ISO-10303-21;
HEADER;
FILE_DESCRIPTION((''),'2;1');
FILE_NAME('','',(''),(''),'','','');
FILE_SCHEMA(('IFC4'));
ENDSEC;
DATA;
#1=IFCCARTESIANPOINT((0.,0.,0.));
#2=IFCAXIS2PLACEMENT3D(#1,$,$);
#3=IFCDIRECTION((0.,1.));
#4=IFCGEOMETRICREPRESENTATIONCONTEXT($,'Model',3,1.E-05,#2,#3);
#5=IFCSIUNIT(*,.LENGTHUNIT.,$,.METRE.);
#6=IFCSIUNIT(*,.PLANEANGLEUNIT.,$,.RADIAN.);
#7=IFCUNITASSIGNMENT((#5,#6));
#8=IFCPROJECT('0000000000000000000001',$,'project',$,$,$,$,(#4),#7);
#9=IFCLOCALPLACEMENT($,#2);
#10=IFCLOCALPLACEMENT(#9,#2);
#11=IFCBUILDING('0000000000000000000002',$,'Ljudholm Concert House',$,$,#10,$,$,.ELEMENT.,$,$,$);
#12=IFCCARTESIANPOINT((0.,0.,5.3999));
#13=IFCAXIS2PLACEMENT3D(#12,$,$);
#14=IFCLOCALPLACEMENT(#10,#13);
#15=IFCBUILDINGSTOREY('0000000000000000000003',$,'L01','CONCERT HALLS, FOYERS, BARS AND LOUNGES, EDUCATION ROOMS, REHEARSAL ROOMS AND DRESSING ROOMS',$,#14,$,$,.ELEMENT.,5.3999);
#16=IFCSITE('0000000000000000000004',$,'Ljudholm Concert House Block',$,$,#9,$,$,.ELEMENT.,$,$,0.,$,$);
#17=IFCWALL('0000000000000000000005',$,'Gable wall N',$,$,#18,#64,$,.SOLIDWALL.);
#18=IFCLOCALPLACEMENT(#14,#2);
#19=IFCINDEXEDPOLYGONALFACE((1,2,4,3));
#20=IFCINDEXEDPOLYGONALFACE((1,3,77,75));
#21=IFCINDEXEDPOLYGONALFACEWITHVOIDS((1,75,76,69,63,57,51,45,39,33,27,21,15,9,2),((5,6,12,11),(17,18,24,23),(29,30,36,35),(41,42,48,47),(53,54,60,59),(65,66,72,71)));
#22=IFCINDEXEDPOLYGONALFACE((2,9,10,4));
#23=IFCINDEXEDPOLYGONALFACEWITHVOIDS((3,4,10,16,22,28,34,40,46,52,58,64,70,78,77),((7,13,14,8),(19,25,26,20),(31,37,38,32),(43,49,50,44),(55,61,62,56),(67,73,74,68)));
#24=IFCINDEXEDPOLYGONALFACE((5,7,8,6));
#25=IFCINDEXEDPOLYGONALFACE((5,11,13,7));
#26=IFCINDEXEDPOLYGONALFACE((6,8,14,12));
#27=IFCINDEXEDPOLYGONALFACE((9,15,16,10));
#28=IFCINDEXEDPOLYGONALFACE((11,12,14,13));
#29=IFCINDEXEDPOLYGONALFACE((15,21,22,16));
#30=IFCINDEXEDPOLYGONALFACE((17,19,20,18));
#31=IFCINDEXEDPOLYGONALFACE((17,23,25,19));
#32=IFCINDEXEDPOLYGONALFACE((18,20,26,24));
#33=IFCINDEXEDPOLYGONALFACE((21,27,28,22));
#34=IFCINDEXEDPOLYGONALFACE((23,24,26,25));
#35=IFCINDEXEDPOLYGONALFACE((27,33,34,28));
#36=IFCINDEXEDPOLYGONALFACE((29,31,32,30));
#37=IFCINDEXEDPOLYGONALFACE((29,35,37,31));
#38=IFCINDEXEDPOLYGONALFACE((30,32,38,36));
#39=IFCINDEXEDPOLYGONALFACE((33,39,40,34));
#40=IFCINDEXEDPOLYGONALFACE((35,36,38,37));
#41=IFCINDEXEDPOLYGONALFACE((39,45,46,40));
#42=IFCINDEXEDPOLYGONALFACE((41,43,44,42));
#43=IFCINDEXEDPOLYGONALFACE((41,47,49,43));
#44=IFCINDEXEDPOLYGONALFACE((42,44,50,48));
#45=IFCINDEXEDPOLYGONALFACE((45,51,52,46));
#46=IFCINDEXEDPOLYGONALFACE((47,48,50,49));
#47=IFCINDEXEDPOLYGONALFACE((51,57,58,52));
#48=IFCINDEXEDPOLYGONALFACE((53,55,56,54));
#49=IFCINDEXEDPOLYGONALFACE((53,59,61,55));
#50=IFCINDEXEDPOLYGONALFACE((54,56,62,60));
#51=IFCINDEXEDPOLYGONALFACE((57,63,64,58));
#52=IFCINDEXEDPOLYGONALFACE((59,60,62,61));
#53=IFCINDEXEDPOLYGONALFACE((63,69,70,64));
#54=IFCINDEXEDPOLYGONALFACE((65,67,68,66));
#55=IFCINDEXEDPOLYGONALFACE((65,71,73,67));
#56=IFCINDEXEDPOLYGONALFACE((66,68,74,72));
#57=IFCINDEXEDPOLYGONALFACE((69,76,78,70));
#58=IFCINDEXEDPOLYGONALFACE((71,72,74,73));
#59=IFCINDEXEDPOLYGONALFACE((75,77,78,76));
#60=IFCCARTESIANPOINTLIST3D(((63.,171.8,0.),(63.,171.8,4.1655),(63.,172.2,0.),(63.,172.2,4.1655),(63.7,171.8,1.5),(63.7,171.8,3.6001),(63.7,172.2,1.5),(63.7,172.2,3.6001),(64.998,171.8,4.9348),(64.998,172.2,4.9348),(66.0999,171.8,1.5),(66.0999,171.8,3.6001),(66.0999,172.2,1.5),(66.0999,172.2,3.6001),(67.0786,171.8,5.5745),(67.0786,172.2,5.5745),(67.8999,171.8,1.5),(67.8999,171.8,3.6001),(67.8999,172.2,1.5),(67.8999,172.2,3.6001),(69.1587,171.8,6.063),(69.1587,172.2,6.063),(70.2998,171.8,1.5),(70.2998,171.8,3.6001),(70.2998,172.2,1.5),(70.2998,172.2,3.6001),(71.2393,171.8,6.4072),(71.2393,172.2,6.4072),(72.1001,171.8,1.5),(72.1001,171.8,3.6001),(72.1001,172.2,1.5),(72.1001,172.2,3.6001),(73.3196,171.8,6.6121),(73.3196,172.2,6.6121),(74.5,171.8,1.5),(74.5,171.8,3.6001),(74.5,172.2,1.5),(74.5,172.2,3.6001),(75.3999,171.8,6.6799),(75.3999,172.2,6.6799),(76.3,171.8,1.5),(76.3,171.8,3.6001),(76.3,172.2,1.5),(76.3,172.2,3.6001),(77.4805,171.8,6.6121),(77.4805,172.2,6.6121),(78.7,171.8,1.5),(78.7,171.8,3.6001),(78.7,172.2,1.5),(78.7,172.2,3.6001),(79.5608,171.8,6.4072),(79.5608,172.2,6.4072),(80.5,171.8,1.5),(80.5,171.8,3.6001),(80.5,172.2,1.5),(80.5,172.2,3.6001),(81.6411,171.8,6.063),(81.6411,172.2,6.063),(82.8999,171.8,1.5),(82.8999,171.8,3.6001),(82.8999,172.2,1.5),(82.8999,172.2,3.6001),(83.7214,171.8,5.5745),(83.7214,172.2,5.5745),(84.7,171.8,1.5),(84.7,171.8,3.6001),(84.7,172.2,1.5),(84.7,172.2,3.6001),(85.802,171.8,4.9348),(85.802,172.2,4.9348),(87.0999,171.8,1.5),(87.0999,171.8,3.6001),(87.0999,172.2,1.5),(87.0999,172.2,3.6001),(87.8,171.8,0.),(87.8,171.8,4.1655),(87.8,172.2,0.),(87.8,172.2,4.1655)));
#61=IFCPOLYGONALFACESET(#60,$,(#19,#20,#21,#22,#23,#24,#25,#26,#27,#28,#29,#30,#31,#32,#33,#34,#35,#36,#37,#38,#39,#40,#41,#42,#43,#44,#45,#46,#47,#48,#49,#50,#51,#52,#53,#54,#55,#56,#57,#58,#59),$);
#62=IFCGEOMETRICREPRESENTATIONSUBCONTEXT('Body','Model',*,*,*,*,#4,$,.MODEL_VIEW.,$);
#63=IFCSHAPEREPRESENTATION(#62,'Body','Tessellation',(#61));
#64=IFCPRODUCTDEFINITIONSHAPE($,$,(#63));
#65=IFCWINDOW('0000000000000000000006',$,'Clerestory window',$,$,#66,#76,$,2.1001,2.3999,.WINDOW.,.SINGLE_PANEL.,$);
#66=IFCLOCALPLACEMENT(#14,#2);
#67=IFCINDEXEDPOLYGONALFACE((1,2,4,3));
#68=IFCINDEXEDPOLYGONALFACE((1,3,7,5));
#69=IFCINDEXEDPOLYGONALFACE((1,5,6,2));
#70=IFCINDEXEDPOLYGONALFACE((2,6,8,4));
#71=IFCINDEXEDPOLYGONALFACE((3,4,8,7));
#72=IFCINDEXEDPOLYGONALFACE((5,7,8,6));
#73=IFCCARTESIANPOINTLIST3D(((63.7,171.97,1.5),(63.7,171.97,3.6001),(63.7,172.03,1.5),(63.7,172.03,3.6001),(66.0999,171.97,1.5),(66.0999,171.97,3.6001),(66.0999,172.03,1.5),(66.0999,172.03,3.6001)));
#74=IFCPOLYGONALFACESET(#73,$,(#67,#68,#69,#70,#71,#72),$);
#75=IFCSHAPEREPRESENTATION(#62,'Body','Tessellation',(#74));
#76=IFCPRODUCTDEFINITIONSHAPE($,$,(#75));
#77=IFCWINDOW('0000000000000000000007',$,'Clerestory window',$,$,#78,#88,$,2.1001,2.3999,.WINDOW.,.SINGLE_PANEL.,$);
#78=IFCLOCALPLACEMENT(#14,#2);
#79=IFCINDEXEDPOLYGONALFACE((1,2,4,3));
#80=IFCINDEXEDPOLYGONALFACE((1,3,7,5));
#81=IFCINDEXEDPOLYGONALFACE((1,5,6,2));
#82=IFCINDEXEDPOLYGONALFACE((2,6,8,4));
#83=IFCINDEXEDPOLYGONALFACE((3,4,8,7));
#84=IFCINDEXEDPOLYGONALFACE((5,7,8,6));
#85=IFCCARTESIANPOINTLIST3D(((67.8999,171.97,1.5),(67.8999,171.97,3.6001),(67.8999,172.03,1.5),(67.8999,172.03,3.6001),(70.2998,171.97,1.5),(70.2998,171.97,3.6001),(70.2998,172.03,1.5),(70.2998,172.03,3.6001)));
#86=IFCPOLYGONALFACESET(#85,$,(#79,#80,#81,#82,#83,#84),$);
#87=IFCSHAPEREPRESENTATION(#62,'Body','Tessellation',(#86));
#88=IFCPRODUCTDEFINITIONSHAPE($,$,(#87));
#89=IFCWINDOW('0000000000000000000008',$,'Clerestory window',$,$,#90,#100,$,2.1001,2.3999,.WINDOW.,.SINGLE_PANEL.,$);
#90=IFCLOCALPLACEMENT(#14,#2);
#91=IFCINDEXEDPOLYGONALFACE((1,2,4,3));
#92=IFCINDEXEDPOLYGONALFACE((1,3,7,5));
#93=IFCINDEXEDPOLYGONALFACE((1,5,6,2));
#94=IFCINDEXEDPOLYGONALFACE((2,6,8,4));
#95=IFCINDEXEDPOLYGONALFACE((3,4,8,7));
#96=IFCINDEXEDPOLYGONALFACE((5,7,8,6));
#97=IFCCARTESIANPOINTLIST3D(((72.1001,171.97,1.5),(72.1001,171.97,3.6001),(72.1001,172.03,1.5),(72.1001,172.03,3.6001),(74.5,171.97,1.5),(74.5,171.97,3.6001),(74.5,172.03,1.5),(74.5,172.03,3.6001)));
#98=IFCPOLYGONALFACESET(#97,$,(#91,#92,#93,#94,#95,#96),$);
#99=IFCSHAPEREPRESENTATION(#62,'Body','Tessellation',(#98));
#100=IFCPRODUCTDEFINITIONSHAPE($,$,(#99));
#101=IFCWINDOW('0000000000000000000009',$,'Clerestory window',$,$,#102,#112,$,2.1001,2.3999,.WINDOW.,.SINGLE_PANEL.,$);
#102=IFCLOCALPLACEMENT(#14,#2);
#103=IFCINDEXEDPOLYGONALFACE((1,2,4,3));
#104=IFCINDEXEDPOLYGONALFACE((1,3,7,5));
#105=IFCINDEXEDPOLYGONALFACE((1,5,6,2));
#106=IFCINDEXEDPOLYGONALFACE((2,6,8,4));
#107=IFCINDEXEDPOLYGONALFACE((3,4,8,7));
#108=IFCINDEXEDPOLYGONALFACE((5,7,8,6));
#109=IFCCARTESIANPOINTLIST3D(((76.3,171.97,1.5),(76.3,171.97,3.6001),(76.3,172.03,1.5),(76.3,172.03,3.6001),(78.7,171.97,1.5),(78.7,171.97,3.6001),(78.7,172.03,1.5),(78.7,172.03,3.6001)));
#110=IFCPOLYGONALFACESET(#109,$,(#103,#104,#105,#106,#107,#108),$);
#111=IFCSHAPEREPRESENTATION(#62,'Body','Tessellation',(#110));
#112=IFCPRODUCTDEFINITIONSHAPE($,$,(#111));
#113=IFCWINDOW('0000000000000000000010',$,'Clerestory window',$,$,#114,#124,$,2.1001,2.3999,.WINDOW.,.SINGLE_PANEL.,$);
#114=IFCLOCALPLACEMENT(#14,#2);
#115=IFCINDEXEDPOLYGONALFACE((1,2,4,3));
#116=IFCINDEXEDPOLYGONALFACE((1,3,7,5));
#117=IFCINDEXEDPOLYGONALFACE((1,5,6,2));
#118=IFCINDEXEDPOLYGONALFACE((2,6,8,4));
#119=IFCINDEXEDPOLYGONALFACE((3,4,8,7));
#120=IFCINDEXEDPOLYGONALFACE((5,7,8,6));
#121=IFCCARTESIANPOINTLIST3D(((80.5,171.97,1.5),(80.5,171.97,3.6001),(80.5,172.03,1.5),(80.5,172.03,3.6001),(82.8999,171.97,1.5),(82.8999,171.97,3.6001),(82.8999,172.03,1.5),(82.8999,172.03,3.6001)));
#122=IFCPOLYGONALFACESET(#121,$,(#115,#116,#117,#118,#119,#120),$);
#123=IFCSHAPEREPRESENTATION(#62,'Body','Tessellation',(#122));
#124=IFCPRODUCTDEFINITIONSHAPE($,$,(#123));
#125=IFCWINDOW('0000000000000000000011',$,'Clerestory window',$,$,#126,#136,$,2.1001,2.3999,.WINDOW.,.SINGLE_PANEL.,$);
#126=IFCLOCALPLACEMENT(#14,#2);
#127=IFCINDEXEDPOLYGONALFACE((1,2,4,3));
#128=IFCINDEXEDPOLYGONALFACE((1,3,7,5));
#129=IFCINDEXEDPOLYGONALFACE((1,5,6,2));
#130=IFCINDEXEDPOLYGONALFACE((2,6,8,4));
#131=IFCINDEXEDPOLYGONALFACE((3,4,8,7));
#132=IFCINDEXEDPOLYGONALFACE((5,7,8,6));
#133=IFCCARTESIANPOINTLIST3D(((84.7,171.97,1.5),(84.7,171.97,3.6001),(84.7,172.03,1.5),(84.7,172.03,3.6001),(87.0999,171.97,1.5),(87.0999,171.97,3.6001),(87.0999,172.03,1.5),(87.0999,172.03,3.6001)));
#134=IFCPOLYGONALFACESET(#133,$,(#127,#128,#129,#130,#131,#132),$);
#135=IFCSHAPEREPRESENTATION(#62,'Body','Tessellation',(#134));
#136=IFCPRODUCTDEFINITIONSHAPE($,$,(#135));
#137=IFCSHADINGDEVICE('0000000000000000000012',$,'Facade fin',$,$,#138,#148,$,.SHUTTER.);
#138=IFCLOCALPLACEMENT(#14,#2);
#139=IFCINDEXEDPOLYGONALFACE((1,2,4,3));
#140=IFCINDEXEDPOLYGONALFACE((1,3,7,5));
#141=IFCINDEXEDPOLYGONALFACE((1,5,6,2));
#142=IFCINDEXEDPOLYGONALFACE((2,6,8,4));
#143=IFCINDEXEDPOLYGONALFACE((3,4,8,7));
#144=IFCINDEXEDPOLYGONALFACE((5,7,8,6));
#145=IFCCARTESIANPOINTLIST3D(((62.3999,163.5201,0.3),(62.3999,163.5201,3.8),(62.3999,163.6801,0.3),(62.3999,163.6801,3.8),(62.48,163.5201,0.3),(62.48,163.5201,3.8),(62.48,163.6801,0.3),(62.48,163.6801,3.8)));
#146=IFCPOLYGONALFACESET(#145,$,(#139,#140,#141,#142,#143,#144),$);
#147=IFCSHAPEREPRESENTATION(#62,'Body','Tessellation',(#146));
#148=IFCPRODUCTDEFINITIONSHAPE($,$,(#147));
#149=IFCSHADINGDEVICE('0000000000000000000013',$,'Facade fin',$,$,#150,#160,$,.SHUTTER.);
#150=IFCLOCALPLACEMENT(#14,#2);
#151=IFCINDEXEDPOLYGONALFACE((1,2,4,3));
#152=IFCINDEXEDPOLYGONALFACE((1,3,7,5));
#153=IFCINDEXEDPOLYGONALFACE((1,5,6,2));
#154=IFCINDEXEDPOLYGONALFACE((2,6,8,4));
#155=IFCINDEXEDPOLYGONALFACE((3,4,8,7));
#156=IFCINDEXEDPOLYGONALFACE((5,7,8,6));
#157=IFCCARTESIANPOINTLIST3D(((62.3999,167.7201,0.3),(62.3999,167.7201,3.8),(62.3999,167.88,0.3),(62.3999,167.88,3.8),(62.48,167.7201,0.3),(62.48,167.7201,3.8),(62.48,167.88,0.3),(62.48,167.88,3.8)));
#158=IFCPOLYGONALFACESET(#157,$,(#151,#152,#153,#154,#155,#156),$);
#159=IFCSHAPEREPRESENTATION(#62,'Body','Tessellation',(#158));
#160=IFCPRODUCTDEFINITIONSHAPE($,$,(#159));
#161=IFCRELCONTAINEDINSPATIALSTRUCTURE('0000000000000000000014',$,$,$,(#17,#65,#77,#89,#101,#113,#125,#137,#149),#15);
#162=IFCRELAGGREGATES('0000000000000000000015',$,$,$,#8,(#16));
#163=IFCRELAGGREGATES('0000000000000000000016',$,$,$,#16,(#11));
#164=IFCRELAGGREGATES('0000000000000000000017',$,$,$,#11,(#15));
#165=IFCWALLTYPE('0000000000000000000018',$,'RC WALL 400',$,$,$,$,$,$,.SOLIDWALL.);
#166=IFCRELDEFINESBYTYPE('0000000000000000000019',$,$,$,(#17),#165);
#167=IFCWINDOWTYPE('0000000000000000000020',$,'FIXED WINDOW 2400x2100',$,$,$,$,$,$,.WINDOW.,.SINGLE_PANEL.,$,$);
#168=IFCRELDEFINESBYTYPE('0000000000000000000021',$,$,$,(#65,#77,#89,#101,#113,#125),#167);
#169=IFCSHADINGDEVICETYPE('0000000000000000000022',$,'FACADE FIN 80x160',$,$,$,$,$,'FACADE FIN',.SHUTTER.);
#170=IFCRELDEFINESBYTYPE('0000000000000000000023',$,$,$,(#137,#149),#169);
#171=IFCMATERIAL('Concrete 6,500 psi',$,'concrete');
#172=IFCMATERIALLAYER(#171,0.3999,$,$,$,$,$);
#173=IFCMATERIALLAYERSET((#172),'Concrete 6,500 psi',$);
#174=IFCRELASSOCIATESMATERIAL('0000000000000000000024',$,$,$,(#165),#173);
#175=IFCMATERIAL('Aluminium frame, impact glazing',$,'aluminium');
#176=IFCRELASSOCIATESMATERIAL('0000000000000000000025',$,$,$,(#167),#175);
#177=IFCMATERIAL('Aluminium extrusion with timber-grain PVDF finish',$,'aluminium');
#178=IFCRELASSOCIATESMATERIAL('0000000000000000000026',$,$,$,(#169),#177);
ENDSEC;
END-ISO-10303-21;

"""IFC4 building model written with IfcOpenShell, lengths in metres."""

from ifc_helpers import new_model, si_unit, direction, frame, frame_2d, origin, origin_2d, place, context, subcontext, project, spatial, polyline, rectangle, outline, extrude, material, layer, layer_set, type_object, element, fill, save


model = new_model("IFC4")

# Units and contexts
model_context = context("Model", 3, precision=1e-05, world=origin(), true_north=direction((0.0, 1.0)))
body_context = subcontext(model_context, "Body", "Model", "MODEL_VIEW")
ifc_project = project(units=[si_unit("LENGTHUNIT", "METRE"), si_unit("PLANEANGLEUNIT", "RADIAN")], contexts=[model_context])

# Site, building, storey
site_placement = place(None, origin())
site = spatial("IfcSite", under=ifc_project, at=site_placement, Name="Ljudholm Concert House Block", CompositionType="ELEMENT", RefElevation=0.0)
building_placement = place(site_placement, origin())
building = spatial("IfcBuilding", under=site, at=building_placement, Name="Ljudholm Concert House", CompositionType="ELEMENT")
storey_placement = place(building_placement, frame((0.0, 0.0, 5.3999)))
storey = spatial("IfcBuildingStorey", under=building, at=storey_placement, Name="L01", Description="CONCERT HALLS, FOYERS, BARS AND LOUNGES, EDUCATION ROOMS, REHEARSAL ROOMS AND DRESSING ROOMS", CompositionType="ELEMENT", Elevation=5.3999)

# Wall, openings, windows
ifc_material_1 = material(Name="Concrete 6,500 psi", Category="concrete")
ifc_layer_1 = layer(ifc_material_1, 0.3999)
ifc_layer_set_1 = layer_set([ifc_layer_1], Name="Concrete 6,500 psi")
wall_type_1 = type_object("IfcWallType", Name="RC WALL 400", PredefinedType="SOLIDWALL", material=ifc_layer_set_1)
wall_1_placement = place(storey_placement, frame((63.0, 172.0, 0.0), z_axis=(0.0, 0.0, 1.0), x_axis=(1.0, 0.0, 0.0)))
wall_1 = element("IfcWall", 1, at=wall_1_placement, inside=storey, type_object=wall_type_1, Name="Gable wall N", PredefinedType="SOLIDWALL", context=body_context, shape_type="SweptSolid", body=[
    extrude(outline(polyline([(0.0, 0.0), (24.8, 0.0), (24.8, 4.1655), (22.802, 4.9348), (20.7214, 5.5745), (18.6411, 6.063), (16.5608, 6.4072), (14.4805, 6.6121), (12.3999, 6.6799), (10.3196, 6.6121), (8.2393, 6.4072), (6.1587, 6.063), (4.0786, 5.5745), (1.998, 4.9348), (0.0, 4.1655), (0.0, 0.0)])), frame((0.0, 0.2, 0.0), z_axis=(0.0, -1.0, 0.0), x_axis=(1.0, 0.0, 0.0)), (0.0, 0.0, 1.0), 0.3999),
])
opening_1_placement = place(wall_1_placement, frame((0.7, 0.0, 1.5)))
opening_1 = element("IfcOpeningElement", 2, at=opening_1_placement, cuts=wall_1, PredefinedType="OPENING", context=body_context, shape_type="SweptSolid", body=[
    extrude(rectangle(XDim=2.3999, YDim=2.1001, at=frame_2d((1.2, 1.05))), frame((0.0, 0.21, 0.0), z_axis=(0.0, -1.0, 0.0), x_axis=(1.0, 0.0, 0.0)), (0.0, 0.0, 1.0), 0.4199),
])
opening_2_placement = place(wall_1_placement, frame((4.8999, 0.0, 1.5)))
opening_2 = element("IfcOpeningElement", 3, at=opening_2_placement, cuts=wall_1, PredefinedType="OPENING", context=body_context, shape_type="SweptSolid", body=[
    extrude(rectangle(XDim=2.3999, YDim=2.1001, at=frame_2d((1.2, 1.05))), frame((0.0, 0.21, 0.0), z_axis=(0.0, -1.0, 0.0), x_axis=(1.0, 0.0, 0.0)), (0.0, 0.0, 1.0), 0.4199),
])
opening_3_placement = place(wall_1_placement, frame((9.1001, 0.0, 1.5)))
opening_3 = element("IfcOpeningElement", 4, at=opening_3_placement, cuts=wall_1, PredefinedType="OPENING", context=body_context, shape_type="SweptSolid", body=[
    extrude(rectangle(XDim=2.3999, YDim=2.1001, at=frame_2d((1.2, 1.05))), frame((0.0, 0.21, 0.0), z_axis=(0.0, -1.0, 0.0), x_axis=(1.0, 0.0, 0.0)), (0.0, 0.0, 1.0), 0.4199),
])
opening_4_placement = place(wall_1_placement, frame((13.3, 0.0, 1.5)))
opening_4 = element("IfcOpeningElement", 5, at=opening_4_placement, cuts=wall_1, PredefinedType="OPENING", context=body_context, shape_type="SweptSolid", body=[
    extrude(rectangle(XDim=2.3999, YDim=2.1001, at=frame_2d((1.2, 1.05))), frame((0.0, 0.21, 0.0), z_axis=(0.0, -1.0, 0.0), x_axis=(1.0, 0.0, 0.0)), (0.0, 0.0, 1.0), 0.4199),
])
opening_5_placement = place(wall_1_placement, frame((17.5, 0.0, 1.5)))
opening_5 = element("IfcOpeningElement", 6, at=opening_5_placement, cuts=wall_1, PredefinedType="OPENING", context=body_context, shape_type="SweptSolid", body=[
    extrude(rectangle(XDim=2.3999, YDim=2.1001, at=frame_2d((1.2, 1.05))), frame((0.0, 0.21, 0.0), z_axis=(0.0, -1.0, 0.0), x_axis=(1.0, 0.0, 0.0)), (0.0, 0.0, 1.0), 0.4199),
])
opening_6_placement = place(wall_1_placement, frame((21.7, 0.0, 1.5)))
opening_6 = element("IfcOpeningElement", 7, at=opening_6_placement, cuts=wall_1, PredefinedType="OPENING", context=body_context, shape_type="SweptSolid", body=[
    extrude(rectangle(XDim=2.3999, YDim=2.1001, at=frame_2d((1.2, 1.05))), frame((0.0, 0.21, 0.0), z_axis=(0.0, -1.0, 0.0), x_axis=(1.0, 0.0, 0.0)), (0.0, 0.0, 1.0), 0.4199),
])
ifc_material_2 = material(Name="Aluminium frame, impact glazing", Category="aluminium")
window_type = type_object("IfcWindowType", Name="FIXED WINDOW 2400x2100", PartitioningType="SINGLE_PANEL", PredefinedType="WINDOW", material=ifc_material_2)
window_1_placement = place(opening_1_placement, origin())
window_1 = element("IfcWindow", 8, at=window_1_placement, inside=storey, type_object=window_type, Name="Clerestory window", OverallHeight=2.1001, OverallWidth=2.3999, PartitioningType="SINGLE_PANEL", PredefinedType="WINDOW", context=body_context, shape_type="SweptSolid", body=[
    extrude(rectangle(XDim=2.3999, YDim=2.1001, at=frame_2d((1.2, 1.05))), frame((0.0, 0.03, 0.0), z_axis=(0.0, -1.0, 0.0), x_axis=(1.0, 0.0, 0.0)), (0.0, 0.0, 1.0), 0.0601),
])
fill(opening_1, window_1)
window_2_placement = place(opening_2_placement, origin())
window_2 = element("IfcWindow", 9, at=window_2_placement, inside=storey, type_object=window_type, Name="Clerestory window", OverallHeight=2.1001, OverallWidth=2.3999, PartitioningType="SINGLE_PANEL", PredefinedType="WINDOW", context=body_context, shape_type="SweptSolid", body=[
    extrude(rectangle(XDim=2.3999, YDim=2.1001, at=frame_2d((1.2, 1.05))), frame((0.0, 0.03, 0.0), z_axis=(0.0, -1.0, 0.0), x_axis=(1.0, 0.0, 0.0)), (0.0, 0.0, 1.0), 0.0601),
])
fill(opening_2, window_2)
window_3_placement = place(opening_3_placement, origin())
window_3 = element("IfcWindow", 10, at=window_3_placement, inside=storey, type_object=window_type, Name="Clerestory window", OverallHeight=2.1001, OverallWidth=2.3999, PartitioningType="SINGLE_PANEL", PredefinedType="WINDOW", context=body_context, shape_type="SweptSolid", body=[
    extrude(rectangle(XDim=2.3999, YDim=2.1001, at=frame_2d((1.2, 1.05))), frame((0.0, 0.03, 0.0), z_axis=(0.0, -1.0, 0.0), x_axis=(1.0, 0.0, 0.0)), (0.0, 0.0, 1.0), 0.0601),
])
fill(opening_3, window_3)
window_4_placement = place(opening_4_placement, origin())
window_4 = element("IfcWindow", 11, at=window_4_placement, inside=storey, type_object=window_type, Name="Clerestory window", OverallHeight=2.1001, OverallWidth=2.3999, PartitioningType="SINGLE_PANEL", PredefinedType="WINDOW", context=body_context, shape_type="SweptSolid", body=[
    extrude(rectangle(XDim=2.3999, YDim=2.1001, at=frame_2d((1.2, 1.05))), frame((0.0, 0.03, 0.0), z_axis=(0.0, -1.0, 0.0), x_axis=(1.0, 0.0, 0.0)), (0.0, 0.0, 1.0), 0.0601),
])
fill(opening_4, window_4)
window_5_placement = place(opening_5_placement, origin())
window_5 = element("IfcWindow", 12, at=window_5_placement, inside=storey, type_object=window_type, Name="Clerestory window", OverallHeight=2.1001, OverallWidth=2.3999, PartitioningType="SINGLE_PANEL", PredefinedType="WINDOW", context=body_context, shape_type="SweptSolid", body=[
    extrude(rectangle(XDim=2.3999, YDim=2.1001, at=frame_2d((1.2, 1.05))), frame((0.0, 0.03, 0.0), z_axis=(0.0, -1.0, 0.0), x_axis=(1.0, 0.0, 0.0)), (0.0, 0.0, 1.0), 0.0601),
])
fill(opening_5, window_5)
window_6_placement = place(opening_6_placement, origin())
window_6 = element("IfcWindow", 13, at=window_6_placement, inside=storey, type_object=window_type, Name="Clerestory window", OverallHeight=2.1001, OverallWidth=2.3999, PartitioningType="SINGLE_PANEL", PredefinedType="WINDOW", context=body_context, shape_type="SweptSolid", body=[
    extrude(rectangle(XDim=2.3999, YDim=2.1001, at=frame_2d((1.2, 1.05))), frame((0.0, 0.03, 0.0), z_axis=(0.0, -1.0, 0.0), x_axis=(1.0, 0.0, 0.0)), (0.0, 0.0, 1.0), 0.0601),
])
fill(opening_6, window_6)

# Shading devices
ifc_material_3 = material(Name="Aluminium extrusion with timber-grain PVDF finish", Category="aluminium")
shading_device_type = type_object("IfcShadingDeviceType", Name="FACADE FIN 80x160", ElementType="FACADE FIN", PredefinedType="SHUTTER", material=ifc_material_3)
for number, where, z_axis, x_axis, name in (
    (14, (62.4399, 163.6001, 0.3), (0.0, 0.0, 1.0), (-1.0, 0.0, 0.0), "Facade fin"),
    (15, (62.4399, 167.8, 0.3), (0.0, 0.0, 1.0), (-1.0, 0.0, 0.0), "Facade fin"),
):
    element("IfcShadingDevice", number, at=place(storey_placement, frame(where, z_axis=z_axis, x_axis=x_axis)), inside=storey, type_object=shading_device_type, Name=name, PredefinedType="SHUTTER", context=body_context, shape_type="SweptSolid", body=[
        extrude(rectangle(XDim=0.0801, YDim=0.1599, at=origin_2d()), origin(), (0.0, 0.0, 1.0), 3.5),
    ])

save(model, "model.ifc")
